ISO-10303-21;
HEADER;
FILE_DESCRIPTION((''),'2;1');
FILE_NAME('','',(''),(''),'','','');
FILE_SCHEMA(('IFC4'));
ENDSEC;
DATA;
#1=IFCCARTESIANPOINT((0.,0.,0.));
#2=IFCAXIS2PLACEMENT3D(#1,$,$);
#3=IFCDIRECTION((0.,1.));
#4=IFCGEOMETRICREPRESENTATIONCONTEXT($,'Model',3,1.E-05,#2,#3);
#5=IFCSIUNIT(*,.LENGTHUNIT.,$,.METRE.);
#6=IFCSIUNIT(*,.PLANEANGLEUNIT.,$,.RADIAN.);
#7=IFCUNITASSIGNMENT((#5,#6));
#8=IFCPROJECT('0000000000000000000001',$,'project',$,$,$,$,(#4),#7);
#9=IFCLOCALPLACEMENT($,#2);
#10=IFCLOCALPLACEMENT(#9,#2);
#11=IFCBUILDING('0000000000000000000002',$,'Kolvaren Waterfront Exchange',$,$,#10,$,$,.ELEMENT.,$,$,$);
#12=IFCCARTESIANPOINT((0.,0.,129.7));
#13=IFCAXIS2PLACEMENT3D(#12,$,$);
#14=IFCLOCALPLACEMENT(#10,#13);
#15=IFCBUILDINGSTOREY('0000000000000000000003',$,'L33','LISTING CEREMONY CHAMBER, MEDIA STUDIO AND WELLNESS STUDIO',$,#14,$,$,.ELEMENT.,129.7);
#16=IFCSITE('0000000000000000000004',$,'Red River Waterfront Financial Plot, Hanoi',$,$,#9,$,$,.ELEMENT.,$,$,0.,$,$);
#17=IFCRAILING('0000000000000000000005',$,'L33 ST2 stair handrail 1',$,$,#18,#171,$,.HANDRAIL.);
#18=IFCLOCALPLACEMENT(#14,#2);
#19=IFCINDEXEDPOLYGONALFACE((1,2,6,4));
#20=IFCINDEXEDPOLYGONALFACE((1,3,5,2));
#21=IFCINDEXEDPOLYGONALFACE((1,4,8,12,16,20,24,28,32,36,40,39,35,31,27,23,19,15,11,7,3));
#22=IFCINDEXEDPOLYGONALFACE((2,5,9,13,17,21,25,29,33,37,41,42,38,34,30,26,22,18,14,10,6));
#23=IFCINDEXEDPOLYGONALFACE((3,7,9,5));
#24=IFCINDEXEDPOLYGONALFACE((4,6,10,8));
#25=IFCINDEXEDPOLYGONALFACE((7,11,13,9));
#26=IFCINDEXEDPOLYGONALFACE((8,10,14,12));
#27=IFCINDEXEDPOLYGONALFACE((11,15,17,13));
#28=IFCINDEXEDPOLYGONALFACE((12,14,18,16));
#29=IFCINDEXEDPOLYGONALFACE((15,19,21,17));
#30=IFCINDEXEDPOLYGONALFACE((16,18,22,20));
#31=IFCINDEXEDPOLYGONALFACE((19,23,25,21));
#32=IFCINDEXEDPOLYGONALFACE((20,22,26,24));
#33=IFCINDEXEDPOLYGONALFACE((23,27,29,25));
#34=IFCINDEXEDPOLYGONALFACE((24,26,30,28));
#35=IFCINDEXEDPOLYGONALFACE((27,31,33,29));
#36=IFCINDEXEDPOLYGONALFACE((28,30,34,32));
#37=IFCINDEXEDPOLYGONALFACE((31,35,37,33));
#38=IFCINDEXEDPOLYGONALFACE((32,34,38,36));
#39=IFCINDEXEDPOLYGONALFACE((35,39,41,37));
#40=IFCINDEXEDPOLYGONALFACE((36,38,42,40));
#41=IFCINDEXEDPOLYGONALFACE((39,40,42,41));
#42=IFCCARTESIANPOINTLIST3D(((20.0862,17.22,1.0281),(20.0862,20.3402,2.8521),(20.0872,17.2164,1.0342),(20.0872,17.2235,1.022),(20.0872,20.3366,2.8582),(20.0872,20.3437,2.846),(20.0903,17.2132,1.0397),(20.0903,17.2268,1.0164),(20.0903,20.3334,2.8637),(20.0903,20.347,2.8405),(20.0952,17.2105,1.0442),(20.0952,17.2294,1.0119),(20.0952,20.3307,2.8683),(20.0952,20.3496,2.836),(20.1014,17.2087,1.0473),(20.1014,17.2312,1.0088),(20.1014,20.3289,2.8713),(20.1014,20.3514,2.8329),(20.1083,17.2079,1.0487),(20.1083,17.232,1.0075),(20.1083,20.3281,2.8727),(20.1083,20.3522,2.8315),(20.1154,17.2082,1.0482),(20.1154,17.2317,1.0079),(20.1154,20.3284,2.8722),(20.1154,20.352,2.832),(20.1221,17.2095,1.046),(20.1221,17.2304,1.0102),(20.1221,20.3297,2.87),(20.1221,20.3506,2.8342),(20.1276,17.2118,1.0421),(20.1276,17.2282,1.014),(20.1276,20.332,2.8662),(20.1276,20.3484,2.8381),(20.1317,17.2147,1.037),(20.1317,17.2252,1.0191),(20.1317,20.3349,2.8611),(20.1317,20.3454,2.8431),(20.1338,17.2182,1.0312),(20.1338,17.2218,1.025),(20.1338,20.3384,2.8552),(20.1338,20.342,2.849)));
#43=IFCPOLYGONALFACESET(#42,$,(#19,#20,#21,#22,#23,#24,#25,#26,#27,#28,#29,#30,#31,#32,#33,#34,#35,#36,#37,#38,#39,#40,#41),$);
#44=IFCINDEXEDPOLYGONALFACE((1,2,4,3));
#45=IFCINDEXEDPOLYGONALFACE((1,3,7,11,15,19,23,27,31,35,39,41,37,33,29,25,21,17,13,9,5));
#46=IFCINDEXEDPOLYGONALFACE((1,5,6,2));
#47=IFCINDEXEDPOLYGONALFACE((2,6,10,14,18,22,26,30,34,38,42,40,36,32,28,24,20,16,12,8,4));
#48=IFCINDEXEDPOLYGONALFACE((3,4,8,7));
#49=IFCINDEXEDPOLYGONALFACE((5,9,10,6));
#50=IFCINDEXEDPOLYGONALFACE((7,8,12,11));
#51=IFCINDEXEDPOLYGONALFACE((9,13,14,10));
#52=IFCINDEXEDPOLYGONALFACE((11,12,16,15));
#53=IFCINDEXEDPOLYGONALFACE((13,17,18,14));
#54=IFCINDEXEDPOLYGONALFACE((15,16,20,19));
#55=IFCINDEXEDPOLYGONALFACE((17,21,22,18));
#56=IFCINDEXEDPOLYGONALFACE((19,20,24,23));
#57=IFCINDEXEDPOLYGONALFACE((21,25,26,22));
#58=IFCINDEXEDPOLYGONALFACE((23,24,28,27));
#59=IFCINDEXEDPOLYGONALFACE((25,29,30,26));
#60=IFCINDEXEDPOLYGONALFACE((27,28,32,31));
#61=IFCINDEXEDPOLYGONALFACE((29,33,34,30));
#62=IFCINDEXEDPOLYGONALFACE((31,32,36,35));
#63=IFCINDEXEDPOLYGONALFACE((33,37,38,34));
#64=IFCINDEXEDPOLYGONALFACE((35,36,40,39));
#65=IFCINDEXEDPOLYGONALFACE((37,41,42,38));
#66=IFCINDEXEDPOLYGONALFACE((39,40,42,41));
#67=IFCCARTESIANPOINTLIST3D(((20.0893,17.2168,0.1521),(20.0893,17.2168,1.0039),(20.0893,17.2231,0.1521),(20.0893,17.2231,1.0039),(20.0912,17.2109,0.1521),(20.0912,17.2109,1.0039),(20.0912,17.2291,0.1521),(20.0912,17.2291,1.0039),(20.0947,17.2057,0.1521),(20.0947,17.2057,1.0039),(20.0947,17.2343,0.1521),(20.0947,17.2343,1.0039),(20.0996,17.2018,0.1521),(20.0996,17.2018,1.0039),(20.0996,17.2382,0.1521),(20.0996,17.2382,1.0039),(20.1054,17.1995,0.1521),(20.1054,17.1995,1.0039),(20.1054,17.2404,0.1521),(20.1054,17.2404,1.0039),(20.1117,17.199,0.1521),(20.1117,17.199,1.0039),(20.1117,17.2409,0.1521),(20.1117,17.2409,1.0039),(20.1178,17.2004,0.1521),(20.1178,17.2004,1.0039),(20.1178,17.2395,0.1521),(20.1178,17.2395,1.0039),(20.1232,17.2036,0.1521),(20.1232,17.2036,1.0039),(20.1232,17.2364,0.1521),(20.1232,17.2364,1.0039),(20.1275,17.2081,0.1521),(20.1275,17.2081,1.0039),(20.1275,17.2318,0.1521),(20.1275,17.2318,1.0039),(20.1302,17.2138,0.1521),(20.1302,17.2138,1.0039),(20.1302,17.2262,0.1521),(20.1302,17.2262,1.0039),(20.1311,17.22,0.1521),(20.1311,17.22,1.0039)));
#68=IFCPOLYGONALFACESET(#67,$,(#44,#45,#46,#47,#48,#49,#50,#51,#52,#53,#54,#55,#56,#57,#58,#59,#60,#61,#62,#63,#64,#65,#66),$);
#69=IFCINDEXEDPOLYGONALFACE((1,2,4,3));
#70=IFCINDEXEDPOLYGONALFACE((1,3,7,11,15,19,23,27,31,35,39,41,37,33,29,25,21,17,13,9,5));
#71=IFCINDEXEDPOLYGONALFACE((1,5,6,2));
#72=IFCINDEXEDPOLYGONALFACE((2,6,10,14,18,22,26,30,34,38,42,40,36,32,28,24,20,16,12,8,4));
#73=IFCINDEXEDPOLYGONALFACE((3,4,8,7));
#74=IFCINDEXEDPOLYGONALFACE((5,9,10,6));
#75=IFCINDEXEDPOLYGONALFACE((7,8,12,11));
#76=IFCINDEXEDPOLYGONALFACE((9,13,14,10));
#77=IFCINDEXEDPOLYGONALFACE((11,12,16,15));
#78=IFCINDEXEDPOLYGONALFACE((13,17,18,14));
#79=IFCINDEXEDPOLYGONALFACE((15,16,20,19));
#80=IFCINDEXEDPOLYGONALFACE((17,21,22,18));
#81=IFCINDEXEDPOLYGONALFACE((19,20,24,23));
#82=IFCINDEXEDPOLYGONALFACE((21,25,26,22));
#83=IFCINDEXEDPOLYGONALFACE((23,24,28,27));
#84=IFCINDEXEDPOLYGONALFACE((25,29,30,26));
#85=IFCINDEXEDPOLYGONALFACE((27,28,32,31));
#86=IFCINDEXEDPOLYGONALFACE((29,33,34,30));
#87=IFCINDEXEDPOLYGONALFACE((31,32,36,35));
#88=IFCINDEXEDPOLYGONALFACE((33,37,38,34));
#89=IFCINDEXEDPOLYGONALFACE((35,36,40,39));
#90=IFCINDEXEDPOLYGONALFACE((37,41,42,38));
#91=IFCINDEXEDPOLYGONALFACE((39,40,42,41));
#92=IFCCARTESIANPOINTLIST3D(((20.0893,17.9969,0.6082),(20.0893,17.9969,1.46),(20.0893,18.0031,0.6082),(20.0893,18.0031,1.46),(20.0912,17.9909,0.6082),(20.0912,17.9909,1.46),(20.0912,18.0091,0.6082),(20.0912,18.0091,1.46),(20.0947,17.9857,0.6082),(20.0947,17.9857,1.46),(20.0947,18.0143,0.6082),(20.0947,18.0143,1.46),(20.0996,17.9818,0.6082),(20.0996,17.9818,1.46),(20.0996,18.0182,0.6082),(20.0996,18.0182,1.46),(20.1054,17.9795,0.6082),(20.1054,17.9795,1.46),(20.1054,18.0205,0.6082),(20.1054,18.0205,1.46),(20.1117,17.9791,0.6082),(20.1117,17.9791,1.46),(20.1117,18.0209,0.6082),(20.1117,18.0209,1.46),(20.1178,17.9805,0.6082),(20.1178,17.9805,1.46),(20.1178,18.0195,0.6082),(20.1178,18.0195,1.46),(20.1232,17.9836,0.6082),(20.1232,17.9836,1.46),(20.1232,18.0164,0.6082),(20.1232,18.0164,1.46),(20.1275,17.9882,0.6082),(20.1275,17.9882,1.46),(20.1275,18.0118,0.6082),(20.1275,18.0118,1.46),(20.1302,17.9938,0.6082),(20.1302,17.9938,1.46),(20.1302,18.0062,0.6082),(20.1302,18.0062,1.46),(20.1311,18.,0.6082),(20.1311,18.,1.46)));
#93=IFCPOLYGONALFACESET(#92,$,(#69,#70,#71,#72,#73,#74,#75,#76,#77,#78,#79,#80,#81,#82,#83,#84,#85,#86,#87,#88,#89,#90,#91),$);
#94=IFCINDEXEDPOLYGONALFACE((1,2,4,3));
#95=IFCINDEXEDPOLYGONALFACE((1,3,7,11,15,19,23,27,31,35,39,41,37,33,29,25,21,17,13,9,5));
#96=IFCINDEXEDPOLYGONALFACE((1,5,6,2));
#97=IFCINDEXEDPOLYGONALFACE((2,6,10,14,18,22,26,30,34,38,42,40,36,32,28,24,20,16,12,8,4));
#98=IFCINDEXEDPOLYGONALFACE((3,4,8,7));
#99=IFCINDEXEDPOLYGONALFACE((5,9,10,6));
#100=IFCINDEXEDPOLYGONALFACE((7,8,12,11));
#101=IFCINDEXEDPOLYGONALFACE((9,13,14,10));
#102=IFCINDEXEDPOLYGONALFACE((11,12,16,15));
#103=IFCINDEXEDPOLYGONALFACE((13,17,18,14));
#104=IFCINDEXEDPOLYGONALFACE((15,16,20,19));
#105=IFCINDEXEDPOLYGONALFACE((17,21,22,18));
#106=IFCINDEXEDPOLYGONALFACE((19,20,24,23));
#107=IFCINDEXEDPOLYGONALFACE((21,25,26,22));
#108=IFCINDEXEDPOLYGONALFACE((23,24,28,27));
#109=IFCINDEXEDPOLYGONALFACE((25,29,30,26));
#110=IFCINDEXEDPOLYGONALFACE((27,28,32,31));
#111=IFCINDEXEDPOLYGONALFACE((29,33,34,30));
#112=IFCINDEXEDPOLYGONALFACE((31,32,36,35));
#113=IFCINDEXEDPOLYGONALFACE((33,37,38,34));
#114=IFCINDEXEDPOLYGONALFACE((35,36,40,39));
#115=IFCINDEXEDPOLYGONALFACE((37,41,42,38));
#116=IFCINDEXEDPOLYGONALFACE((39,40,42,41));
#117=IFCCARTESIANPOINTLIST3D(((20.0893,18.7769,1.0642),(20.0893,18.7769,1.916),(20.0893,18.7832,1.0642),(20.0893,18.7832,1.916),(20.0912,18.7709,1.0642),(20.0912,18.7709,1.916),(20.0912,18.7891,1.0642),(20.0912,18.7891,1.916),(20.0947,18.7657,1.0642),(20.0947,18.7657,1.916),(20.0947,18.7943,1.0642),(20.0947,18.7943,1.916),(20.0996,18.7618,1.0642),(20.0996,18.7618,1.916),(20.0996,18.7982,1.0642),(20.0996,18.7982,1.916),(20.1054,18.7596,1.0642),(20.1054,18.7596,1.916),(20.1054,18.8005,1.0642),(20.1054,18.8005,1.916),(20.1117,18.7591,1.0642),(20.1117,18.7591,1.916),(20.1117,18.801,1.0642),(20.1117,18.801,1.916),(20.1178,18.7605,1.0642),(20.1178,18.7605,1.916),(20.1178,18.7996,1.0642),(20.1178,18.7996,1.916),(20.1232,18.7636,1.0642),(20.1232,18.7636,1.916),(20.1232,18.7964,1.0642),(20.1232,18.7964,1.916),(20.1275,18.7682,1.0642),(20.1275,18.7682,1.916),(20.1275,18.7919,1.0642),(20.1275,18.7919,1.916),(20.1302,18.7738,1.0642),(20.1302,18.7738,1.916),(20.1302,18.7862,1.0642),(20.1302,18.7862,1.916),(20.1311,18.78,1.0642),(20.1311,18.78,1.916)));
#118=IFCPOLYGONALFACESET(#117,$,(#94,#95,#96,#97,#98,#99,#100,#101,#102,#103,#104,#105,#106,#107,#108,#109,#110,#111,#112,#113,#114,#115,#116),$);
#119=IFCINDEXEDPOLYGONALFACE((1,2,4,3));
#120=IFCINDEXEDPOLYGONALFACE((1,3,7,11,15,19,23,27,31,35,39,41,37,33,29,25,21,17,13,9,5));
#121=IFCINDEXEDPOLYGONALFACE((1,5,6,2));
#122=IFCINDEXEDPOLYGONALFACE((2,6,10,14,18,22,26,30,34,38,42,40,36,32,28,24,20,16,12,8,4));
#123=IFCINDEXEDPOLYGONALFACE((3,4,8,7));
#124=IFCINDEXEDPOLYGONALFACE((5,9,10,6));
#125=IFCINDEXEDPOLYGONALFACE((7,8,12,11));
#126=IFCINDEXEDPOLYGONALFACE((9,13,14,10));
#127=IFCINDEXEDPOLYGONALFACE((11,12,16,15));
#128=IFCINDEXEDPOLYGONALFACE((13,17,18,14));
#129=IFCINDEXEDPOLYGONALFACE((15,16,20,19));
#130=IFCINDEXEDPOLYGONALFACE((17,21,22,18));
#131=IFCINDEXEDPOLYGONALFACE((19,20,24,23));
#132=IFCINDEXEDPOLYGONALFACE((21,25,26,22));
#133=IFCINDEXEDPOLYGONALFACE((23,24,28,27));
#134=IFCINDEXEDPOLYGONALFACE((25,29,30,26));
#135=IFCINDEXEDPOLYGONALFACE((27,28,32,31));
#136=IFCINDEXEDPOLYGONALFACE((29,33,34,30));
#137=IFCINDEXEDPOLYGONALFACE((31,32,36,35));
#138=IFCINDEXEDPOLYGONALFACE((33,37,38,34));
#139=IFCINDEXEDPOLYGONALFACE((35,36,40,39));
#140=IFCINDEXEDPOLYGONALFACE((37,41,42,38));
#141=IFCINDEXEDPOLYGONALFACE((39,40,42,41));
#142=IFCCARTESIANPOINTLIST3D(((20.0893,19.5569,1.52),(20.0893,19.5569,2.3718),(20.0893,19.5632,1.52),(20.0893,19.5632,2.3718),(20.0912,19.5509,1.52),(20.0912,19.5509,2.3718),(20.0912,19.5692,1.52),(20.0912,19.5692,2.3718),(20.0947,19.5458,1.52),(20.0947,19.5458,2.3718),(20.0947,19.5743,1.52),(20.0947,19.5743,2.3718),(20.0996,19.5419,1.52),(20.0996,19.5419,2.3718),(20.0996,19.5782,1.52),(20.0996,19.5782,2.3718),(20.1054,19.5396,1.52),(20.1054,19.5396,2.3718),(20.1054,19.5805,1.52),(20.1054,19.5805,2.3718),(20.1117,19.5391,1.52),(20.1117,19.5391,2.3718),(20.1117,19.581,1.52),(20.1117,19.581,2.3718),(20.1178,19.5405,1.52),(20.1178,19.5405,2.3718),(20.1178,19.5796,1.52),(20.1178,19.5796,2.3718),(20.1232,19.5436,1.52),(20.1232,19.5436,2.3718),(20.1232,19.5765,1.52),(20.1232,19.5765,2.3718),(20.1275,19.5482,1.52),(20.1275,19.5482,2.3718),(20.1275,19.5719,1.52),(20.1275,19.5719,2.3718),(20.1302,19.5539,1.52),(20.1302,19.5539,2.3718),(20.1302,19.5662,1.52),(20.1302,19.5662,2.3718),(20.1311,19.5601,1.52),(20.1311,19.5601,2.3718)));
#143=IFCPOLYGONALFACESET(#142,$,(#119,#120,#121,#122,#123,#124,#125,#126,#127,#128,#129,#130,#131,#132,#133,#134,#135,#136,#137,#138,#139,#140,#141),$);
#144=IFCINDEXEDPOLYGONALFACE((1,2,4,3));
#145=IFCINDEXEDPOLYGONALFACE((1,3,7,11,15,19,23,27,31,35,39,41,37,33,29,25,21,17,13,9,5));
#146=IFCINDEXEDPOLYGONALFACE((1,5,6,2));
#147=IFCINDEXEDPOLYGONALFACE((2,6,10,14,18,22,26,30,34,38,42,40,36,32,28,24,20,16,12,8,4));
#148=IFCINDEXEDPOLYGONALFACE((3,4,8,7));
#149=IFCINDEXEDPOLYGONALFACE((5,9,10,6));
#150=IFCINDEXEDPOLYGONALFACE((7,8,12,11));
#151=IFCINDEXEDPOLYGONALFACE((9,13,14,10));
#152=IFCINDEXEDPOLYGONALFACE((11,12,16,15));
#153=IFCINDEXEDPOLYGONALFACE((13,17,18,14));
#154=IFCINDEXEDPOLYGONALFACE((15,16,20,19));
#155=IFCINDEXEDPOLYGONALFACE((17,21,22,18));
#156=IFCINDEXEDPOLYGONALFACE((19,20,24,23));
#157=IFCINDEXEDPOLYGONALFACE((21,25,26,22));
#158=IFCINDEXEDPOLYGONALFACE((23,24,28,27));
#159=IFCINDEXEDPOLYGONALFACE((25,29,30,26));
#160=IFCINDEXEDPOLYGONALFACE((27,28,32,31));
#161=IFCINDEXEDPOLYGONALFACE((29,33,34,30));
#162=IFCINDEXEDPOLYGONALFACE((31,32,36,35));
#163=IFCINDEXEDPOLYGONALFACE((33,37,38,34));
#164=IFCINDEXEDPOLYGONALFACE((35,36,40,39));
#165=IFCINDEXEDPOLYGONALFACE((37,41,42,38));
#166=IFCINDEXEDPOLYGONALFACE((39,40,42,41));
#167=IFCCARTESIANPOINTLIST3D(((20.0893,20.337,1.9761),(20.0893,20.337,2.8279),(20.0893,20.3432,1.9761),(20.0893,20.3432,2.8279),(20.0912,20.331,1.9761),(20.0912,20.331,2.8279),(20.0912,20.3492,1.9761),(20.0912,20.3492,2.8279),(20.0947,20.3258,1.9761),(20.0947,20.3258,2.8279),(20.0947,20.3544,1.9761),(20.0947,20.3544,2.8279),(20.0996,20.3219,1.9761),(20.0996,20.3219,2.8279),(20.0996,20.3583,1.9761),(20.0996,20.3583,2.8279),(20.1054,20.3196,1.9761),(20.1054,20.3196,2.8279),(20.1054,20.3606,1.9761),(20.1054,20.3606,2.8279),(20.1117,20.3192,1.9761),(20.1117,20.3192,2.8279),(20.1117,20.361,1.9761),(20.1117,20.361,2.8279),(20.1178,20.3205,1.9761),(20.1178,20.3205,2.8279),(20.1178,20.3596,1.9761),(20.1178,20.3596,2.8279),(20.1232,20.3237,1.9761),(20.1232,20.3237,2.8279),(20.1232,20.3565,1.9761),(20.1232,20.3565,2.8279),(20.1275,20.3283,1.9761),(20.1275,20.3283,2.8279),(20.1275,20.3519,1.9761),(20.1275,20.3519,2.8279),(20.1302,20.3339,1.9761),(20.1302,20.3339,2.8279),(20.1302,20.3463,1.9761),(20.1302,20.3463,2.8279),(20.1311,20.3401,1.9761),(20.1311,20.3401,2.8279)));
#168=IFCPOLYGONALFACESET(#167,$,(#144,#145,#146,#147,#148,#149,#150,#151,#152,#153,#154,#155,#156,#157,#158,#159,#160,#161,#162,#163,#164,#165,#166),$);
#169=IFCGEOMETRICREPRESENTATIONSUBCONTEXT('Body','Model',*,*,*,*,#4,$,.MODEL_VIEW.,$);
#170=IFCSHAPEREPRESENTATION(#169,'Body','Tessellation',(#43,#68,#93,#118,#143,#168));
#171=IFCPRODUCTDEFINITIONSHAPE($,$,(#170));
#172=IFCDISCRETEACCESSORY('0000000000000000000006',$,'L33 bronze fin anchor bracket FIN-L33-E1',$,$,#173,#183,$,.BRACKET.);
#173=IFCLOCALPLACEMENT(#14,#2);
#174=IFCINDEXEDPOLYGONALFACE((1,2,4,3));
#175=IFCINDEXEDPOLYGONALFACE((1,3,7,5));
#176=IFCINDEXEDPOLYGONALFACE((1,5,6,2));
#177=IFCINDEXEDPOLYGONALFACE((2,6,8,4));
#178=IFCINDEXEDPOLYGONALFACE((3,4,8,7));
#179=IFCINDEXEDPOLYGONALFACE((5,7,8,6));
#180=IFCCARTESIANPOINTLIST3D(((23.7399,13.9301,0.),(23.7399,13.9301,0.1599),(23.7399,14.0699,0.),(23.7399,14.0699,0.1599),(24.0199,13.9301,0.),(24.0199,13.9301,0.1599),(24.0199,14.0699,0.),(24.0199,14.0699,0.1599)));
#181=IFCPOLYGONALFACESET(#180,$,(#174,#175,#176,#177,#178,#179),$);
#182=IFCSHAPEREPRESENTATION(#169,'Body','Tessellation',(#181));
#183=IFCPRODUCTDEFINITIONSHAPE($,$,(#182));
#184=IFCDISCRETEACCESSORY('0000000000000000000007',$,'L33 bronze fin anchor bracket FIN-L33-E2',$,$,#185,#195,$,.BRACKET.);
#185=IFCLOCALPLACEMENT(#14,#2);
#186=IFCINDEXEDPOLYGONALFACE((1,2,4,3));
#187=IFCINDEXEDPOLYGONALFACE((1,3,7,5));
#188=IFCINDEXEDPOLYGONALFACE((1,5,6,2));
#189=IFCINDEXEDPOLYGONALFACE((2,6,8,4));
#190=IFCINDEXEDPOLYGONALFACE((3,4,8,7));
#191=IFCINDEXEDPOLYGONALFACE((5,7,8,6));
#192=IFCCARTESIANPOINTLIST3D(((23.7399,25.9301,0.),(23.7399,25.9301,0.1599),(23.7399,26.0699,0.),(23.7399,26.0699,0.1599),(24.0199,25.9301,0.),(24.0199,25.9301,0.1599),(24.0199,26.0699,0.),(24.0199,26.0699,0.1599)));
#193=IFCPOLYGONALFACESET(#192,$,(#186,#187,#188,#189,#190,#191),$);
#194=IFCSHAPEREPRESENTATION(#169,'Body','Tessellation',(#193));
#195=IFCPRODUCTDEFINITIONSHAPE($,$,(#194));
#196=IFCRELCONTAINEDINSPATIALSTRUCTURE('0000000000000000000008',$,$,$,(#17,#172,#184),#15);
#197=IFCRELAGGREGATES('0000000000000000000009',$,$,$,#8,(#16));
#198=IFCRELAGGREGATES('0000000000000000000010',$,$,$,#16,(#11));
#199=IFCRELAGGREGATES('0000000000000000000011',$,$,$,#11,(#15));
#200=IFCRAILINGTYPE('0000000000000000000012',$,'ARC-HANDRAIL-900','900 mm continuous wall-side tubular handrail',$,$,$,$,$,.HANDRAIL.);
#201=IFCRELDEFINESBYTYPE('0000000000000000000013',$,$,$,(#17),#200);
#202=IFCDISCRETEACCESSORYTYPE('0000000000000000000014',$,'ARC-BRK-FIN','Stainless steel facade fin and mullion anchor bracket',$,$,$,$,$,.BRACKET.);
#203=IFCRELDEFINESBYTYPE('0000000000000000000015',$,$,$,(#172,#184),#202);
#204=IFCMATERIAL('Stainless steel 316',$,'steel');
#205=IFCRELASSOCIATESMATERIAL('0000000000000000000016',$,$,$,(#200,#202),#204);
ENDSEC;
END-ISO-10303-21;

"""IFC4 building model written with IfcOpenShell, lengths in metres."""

from ifc_helpers import new_model, si_unit, direction, frame, origin, origin_with_axes, origin_2d, place, context, subcontext, project, spatial, rectangle, circle, extrude, source, transform, mapped, material, type_object, element, save


model = new_model("IFC4")

# Units and contexts
model_context = context("Model", 3, precision=1e-05, world=origin(), true_north=direction((0.0, 1.0)))
body_context = subcontext(model_context, "Body", "Model", "MODEL_VIEW")
ifc_project = project(units=[si_unit("LENGTHUNIT", "METRE"), si_unit("PLANEANGLEUNIT", "RADIAN")], contexts=[model_context])

# Site, building, storey
site_placement = place(None, origin())
site = spatial("IfcSite", under=ifc_project, at=site_placement, Name="Red River Waterfront Financial Plot, Hanoi", CompositionType="ELEMENT", RefElevation=0.0)
building_placement = place(site_placement, origin())
building = spatial("IfcBuilding", under=site, at=building_placement, Name="Kolvaren Waterfront Exchange", CompositionType="ELEMENT")
storey_placement = place(building_placement, frame((0.0, 0.0, 129.7)))
storey = spatial("IfcBuildingStorey", under=building, at=storey_placement, Name="L33", Description="LISTING CEREMONY CHAMBER, MEDIA STUDIO AND WELLNESS STUDIO", CompositionType="ELEMENT", Elevation=129.7)

# Railing
ifc_material_1 = material(Name="Stainless steel 316", Category="steel")
railing_type_1 = type_object("IfcRailingType", Name="ARC-HANDRAIL-900", Description="900 mm continuous wall-side tubular handrail", PredefinedType="HANDRAIL", material=ifc_material_1)
railing_1_placement = place(storey_placement, frame((20.1101, 17.22, 0.1521)))
element("IfcRailing", 1, at=railing_1_placement, inside=storey, type_object=railing_type_1, Name="L33 ST2 stair handrail 1", PredefinedType="HANDRAIL", context=body_context, shape_type="SweptSolid", body=[
    extrude(circle(Radius=0.0239, at=origin_2d()), frame((0.0, 0.0, 0.876), z_axis=(0.0, 0.863308, 0.504677), x_axis=(-1.0, 0.0, 0.0)), (0.0, 0.0, 1.0), 3.6143),
    extrude(circle(Radius=0.021, at=origin_2d()), origin(), (0.0, 0.0, 1.0), 0.8518),
    extrude(circle(Radius=0.021, at=origin_2d()), frame((0.0, 0.78, 0.4561)), (0.0, 0.0, 1.0), 0.8518),
    extrude(circle(Radius=0.021, at=origin_2d()), frame((0.0, 1.5601, 0.9121)), (0.0, 0.0, 1.0), 0.8518),
    extrude(circle(Radius=0.021, at=origin_2d()), frame((0.0, 2.3401, 1.3679)), (0.0, 0.0, 1.0), 0.8518),
    extrude(circle(Radius=0.021, at=origin_2d()), frame((0.0, 3.1201, 1.824)), (0.0, 0.0, 1.0), 0.8518),
])

# Discrete accessories
discrete_accessory_type = type_object("IfcDiscreteAccessoryType", Name="ARC-BRK-FIN", Description="Stainless steel facade fin and mullion anchor bracket", PredefinedType="BRACKET", material=ifc_material_1)
shared_shape_1 = source(origin_with_axes(), body_context, "Body", "SweptSolid", [
    extrude(rectangle(XDim=0.28, YDim=0.1399, at=origin_2d()), origin(), (0.0, 0.0, 1.0), 0.1599),
])
for number, where, z_axis, x_axis, name in (
    (2, (23.8799, 14.0, 0.0), (0.0, 0.0, 1.0), (1.0, 0.0, 0.0), "L33 bronze fin anchor bracket FIN-L33-E1"),
    (3, (23.8799, 26.0, 0.0), (0.0, 0.0, 1.0), (1.0, 0.0, 0.0), "L33 bronze fin anchor bracket FIN-L33-E2"),
):
    element("IfcDiscreteAccessory", number, at=place(storey_placement, frame(where, z_axis=z_axis, x_axis=x_axis)), inside=storey, type_object=discrete_accessory_type, Name=name, PredefinedType="BRACKET", context=body_context, shape_type="MappedRepresentation", body=[
        mapped(shared_shape_1, transform((0.0, 0.0, 0.0), x_axis=(1.0, 0.0, 0.0), y_axis=(0.0, 1.0, 0.0), z_axis=(0.0, 0.0, 1.0), scale=1.0)),
    ])

save(model, "model.ifc")
